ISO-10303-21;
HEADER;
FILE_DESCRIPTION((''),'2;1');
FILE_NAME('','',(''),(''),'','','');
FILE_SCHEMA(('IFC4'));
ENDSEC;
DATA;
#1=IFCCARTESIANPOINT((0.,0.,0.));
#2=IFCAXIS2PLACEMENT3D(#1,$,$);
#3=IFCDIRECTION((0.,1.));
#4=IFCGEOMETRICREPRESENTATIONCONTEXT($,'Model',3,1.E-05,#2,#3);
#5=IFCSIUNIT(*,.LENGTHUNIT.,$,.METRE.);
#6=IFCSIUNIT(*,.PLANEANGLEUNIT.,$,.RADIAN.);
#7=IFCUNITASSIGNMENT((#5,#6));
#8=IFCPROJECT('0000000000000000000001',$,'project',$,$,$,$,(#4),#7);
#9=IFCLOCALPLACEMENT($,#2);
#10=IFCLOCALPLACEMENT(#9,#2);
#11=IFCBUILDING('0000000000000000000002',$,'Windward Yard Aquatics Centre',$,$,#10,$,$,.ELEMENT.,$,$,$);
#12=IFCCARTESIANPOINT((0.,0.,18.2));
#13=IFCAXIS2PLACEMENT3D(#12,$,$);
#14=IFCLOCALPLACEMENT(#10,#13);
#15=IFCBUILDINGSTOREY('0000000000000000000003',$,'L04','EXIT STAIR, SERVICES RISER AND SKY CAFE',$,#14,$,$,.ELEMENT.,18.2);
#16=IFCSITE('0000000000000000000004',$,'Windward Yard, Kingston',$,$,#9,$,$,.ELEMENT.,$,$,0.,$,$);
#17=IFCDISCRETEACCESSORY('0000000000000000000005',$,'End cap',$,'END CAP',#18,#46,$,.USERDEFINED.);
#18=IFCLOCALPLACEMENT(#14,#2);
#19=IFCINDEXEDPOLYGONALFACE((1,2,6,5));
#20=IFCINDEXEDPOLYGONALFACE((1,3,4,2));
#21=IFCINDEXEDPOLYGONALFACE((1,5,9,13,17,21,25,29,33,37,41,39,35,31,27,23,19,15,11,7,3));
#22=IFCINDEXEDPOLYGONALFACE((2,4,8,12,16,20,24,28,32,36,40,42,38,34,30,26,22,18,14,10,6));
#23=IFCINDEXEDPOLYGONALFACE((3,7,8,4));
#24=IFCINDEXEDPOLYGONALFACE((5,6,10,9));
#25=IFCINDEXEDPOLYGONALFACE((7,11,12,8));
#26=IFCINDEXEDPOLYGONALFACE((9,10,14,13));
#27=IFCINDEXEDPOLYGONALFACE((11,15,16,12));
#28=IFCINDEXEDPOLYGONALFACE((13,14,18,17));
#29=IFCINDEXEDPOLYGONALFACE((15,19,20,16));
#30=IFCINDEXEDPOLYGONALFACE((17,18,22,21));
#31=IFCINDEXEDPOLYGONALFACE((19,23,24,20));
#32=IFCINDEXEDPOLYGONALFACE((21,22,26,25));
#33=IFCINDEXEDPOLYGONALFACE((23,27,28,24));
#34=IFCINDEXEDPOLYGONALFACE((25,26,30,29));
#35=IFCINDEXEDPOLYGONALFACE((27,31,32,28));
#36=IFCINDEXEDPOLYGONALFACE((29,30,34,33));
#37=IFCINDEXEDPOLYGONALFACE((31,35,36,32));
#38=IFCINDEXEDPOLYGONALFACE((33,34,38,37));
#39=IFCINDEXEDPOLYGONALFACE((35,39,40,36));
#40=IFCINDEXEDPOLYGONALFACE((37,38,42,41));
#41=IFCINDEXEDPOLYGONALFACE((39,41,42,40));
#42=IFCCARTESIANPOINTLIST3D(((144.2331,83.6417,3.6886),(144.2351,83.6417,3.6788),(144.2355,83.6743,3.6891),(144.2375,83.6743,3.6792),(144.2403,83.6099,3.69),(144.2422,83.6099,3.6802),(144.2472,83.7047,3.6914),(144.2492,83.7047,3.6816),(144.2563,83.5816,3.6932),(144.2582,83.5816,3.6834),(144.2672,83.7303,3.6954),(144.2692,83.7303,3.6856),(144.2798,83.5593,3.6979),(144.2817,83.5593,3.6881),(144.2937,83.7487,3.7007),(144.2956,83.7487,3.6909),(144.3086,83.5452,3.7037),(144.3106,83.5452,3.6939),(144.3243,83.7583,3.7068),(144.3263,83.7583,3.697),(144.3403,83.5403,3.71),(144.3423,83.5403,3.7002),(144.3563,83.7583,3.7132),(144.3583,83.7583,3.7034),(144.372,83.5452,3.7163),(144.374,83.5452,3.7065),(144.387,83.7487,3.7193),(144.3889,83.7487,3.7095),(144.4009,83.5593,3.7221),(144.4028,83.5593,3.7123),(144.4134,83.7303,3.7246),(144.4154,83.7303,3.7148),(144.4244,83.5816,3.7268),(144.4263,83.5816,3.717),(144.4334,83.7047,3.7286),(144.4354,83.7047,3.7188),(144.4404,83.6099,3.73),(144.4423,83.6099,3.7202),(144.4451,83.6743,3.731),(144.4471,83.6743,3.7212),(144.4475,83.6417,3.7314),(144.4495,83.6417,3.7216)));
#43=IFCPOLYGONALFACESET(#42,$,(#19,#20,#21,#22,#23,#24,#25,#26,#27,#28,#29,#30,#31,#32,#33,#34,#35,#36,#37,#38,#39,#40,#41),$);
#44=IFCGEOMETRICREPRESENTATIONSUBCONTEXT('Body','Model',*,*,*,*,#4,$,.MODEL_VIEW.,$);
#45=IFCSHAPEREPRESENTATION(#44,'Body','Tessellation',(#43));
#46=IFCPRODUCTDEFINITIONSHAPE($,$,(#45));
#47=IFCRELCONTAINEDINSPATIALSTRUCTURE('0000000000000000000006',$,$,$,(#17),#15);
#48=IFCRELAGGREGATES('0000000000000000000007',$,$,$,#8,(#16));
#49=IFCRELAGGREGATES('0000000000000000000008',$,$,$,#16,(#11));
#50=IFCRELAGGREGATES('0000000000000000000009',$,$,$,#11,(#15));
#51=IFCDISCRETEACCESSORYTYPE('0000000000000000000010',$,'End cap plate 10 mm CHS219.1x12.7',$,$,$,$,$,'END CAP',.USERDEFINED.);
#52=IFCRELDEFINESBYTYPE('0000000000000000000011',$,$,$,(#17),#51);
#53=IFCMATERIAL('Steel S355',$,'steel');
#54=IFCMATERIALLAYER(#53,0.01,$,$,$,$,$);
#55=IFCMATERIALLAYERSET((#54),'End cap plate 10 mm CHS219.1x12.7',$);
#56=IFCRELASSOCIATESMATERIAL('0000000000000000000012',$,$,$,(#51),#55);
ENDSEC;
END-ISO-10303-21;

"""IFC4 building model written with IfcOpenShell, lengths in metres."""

from ifc_helpers import new_model, si_unit, direction, frame, origin, origin_2d, place, context, subcontext, project, spatial, circle, extrude, material, layer, layer_set, type_object, element, save


model = new_model("IFC4")

# Units and contexts
model_context = context("Model", 3, precision=1e-05, world=origin(), true_north=direction((0.0, 1.0)))
body_context = subcontext(model_context, "Body", "Model", "MODEL_VIEW")
ifc_project = project(units=[si_unit("LENGTHUNIT", "METRE"), si_unit("PLANEANGLEUNIT", "RADIAN")], contexts=[model_context])

# Site, building, storey
site_placement = place(None, origin())
site = spatial("IfcSite", under=ifc_project, at=site_placement, Name="Windward Yard, Kingston", CompositionType="ELEMENT", RefElevation=0.0)
building_placement = place(site_placement, origin())
building = spatial("IfcBuilding", under=site, at=building_placement, Name="Windward Yard Aquatics Centre", CompositionType="ELEMENT")
storey_placement = place(building_placement, frame((0.0, 0.0, 18.2)))
storey = spatial("IfcBuildingStorey", under=building, at=storey_placement, Name="L04", Description="EXIT STAIR, SERVICES RISER AND SKY CAFE", CompositionType="ELEMENT", Elevation=18.2)

# Discrete accessory
ifc_material_1 = material(Name="Steel S355", Category="steel")
ifc_layer_1 = layer(ifc_material_1, 0.01)
ifc_layer_set_1 = layer_set([ifc_layer_1], Name="End cap plate 10 mm CHS219.1x12.7")
discrete_accessory_type = type_object("IfcDiscreteAccessoryType", Name="End cap plate 10 mm CHS219.1x12.7", ElementType="END CAP", PredefinedType="USERDEFINED", material=ifc_layer_set_1)
discrete_accessory_placement = place(storey_placement, frame((144.3423, 83.6499, 3.7002), z_axis=(-0.196116, 0.0, 0.980581), x_axis=(0.0, -1.0, 0.0)))
element("IfcDiscreteAccessory", 1, at=discrete_accessory_placement, inside=storey, type_object=discrete_accessory_type, Name="End cap", ObjectType="END CAP", PredefinedType="USERDEFINED", context=body_context, shape_type="SweptSolid", body=[
    extrude(circle(Radius=0.1096, at=origin_2d()), origin(), (0.0, 0.0, 1.0), 0.01),
])

save(model, "model.ifc")
